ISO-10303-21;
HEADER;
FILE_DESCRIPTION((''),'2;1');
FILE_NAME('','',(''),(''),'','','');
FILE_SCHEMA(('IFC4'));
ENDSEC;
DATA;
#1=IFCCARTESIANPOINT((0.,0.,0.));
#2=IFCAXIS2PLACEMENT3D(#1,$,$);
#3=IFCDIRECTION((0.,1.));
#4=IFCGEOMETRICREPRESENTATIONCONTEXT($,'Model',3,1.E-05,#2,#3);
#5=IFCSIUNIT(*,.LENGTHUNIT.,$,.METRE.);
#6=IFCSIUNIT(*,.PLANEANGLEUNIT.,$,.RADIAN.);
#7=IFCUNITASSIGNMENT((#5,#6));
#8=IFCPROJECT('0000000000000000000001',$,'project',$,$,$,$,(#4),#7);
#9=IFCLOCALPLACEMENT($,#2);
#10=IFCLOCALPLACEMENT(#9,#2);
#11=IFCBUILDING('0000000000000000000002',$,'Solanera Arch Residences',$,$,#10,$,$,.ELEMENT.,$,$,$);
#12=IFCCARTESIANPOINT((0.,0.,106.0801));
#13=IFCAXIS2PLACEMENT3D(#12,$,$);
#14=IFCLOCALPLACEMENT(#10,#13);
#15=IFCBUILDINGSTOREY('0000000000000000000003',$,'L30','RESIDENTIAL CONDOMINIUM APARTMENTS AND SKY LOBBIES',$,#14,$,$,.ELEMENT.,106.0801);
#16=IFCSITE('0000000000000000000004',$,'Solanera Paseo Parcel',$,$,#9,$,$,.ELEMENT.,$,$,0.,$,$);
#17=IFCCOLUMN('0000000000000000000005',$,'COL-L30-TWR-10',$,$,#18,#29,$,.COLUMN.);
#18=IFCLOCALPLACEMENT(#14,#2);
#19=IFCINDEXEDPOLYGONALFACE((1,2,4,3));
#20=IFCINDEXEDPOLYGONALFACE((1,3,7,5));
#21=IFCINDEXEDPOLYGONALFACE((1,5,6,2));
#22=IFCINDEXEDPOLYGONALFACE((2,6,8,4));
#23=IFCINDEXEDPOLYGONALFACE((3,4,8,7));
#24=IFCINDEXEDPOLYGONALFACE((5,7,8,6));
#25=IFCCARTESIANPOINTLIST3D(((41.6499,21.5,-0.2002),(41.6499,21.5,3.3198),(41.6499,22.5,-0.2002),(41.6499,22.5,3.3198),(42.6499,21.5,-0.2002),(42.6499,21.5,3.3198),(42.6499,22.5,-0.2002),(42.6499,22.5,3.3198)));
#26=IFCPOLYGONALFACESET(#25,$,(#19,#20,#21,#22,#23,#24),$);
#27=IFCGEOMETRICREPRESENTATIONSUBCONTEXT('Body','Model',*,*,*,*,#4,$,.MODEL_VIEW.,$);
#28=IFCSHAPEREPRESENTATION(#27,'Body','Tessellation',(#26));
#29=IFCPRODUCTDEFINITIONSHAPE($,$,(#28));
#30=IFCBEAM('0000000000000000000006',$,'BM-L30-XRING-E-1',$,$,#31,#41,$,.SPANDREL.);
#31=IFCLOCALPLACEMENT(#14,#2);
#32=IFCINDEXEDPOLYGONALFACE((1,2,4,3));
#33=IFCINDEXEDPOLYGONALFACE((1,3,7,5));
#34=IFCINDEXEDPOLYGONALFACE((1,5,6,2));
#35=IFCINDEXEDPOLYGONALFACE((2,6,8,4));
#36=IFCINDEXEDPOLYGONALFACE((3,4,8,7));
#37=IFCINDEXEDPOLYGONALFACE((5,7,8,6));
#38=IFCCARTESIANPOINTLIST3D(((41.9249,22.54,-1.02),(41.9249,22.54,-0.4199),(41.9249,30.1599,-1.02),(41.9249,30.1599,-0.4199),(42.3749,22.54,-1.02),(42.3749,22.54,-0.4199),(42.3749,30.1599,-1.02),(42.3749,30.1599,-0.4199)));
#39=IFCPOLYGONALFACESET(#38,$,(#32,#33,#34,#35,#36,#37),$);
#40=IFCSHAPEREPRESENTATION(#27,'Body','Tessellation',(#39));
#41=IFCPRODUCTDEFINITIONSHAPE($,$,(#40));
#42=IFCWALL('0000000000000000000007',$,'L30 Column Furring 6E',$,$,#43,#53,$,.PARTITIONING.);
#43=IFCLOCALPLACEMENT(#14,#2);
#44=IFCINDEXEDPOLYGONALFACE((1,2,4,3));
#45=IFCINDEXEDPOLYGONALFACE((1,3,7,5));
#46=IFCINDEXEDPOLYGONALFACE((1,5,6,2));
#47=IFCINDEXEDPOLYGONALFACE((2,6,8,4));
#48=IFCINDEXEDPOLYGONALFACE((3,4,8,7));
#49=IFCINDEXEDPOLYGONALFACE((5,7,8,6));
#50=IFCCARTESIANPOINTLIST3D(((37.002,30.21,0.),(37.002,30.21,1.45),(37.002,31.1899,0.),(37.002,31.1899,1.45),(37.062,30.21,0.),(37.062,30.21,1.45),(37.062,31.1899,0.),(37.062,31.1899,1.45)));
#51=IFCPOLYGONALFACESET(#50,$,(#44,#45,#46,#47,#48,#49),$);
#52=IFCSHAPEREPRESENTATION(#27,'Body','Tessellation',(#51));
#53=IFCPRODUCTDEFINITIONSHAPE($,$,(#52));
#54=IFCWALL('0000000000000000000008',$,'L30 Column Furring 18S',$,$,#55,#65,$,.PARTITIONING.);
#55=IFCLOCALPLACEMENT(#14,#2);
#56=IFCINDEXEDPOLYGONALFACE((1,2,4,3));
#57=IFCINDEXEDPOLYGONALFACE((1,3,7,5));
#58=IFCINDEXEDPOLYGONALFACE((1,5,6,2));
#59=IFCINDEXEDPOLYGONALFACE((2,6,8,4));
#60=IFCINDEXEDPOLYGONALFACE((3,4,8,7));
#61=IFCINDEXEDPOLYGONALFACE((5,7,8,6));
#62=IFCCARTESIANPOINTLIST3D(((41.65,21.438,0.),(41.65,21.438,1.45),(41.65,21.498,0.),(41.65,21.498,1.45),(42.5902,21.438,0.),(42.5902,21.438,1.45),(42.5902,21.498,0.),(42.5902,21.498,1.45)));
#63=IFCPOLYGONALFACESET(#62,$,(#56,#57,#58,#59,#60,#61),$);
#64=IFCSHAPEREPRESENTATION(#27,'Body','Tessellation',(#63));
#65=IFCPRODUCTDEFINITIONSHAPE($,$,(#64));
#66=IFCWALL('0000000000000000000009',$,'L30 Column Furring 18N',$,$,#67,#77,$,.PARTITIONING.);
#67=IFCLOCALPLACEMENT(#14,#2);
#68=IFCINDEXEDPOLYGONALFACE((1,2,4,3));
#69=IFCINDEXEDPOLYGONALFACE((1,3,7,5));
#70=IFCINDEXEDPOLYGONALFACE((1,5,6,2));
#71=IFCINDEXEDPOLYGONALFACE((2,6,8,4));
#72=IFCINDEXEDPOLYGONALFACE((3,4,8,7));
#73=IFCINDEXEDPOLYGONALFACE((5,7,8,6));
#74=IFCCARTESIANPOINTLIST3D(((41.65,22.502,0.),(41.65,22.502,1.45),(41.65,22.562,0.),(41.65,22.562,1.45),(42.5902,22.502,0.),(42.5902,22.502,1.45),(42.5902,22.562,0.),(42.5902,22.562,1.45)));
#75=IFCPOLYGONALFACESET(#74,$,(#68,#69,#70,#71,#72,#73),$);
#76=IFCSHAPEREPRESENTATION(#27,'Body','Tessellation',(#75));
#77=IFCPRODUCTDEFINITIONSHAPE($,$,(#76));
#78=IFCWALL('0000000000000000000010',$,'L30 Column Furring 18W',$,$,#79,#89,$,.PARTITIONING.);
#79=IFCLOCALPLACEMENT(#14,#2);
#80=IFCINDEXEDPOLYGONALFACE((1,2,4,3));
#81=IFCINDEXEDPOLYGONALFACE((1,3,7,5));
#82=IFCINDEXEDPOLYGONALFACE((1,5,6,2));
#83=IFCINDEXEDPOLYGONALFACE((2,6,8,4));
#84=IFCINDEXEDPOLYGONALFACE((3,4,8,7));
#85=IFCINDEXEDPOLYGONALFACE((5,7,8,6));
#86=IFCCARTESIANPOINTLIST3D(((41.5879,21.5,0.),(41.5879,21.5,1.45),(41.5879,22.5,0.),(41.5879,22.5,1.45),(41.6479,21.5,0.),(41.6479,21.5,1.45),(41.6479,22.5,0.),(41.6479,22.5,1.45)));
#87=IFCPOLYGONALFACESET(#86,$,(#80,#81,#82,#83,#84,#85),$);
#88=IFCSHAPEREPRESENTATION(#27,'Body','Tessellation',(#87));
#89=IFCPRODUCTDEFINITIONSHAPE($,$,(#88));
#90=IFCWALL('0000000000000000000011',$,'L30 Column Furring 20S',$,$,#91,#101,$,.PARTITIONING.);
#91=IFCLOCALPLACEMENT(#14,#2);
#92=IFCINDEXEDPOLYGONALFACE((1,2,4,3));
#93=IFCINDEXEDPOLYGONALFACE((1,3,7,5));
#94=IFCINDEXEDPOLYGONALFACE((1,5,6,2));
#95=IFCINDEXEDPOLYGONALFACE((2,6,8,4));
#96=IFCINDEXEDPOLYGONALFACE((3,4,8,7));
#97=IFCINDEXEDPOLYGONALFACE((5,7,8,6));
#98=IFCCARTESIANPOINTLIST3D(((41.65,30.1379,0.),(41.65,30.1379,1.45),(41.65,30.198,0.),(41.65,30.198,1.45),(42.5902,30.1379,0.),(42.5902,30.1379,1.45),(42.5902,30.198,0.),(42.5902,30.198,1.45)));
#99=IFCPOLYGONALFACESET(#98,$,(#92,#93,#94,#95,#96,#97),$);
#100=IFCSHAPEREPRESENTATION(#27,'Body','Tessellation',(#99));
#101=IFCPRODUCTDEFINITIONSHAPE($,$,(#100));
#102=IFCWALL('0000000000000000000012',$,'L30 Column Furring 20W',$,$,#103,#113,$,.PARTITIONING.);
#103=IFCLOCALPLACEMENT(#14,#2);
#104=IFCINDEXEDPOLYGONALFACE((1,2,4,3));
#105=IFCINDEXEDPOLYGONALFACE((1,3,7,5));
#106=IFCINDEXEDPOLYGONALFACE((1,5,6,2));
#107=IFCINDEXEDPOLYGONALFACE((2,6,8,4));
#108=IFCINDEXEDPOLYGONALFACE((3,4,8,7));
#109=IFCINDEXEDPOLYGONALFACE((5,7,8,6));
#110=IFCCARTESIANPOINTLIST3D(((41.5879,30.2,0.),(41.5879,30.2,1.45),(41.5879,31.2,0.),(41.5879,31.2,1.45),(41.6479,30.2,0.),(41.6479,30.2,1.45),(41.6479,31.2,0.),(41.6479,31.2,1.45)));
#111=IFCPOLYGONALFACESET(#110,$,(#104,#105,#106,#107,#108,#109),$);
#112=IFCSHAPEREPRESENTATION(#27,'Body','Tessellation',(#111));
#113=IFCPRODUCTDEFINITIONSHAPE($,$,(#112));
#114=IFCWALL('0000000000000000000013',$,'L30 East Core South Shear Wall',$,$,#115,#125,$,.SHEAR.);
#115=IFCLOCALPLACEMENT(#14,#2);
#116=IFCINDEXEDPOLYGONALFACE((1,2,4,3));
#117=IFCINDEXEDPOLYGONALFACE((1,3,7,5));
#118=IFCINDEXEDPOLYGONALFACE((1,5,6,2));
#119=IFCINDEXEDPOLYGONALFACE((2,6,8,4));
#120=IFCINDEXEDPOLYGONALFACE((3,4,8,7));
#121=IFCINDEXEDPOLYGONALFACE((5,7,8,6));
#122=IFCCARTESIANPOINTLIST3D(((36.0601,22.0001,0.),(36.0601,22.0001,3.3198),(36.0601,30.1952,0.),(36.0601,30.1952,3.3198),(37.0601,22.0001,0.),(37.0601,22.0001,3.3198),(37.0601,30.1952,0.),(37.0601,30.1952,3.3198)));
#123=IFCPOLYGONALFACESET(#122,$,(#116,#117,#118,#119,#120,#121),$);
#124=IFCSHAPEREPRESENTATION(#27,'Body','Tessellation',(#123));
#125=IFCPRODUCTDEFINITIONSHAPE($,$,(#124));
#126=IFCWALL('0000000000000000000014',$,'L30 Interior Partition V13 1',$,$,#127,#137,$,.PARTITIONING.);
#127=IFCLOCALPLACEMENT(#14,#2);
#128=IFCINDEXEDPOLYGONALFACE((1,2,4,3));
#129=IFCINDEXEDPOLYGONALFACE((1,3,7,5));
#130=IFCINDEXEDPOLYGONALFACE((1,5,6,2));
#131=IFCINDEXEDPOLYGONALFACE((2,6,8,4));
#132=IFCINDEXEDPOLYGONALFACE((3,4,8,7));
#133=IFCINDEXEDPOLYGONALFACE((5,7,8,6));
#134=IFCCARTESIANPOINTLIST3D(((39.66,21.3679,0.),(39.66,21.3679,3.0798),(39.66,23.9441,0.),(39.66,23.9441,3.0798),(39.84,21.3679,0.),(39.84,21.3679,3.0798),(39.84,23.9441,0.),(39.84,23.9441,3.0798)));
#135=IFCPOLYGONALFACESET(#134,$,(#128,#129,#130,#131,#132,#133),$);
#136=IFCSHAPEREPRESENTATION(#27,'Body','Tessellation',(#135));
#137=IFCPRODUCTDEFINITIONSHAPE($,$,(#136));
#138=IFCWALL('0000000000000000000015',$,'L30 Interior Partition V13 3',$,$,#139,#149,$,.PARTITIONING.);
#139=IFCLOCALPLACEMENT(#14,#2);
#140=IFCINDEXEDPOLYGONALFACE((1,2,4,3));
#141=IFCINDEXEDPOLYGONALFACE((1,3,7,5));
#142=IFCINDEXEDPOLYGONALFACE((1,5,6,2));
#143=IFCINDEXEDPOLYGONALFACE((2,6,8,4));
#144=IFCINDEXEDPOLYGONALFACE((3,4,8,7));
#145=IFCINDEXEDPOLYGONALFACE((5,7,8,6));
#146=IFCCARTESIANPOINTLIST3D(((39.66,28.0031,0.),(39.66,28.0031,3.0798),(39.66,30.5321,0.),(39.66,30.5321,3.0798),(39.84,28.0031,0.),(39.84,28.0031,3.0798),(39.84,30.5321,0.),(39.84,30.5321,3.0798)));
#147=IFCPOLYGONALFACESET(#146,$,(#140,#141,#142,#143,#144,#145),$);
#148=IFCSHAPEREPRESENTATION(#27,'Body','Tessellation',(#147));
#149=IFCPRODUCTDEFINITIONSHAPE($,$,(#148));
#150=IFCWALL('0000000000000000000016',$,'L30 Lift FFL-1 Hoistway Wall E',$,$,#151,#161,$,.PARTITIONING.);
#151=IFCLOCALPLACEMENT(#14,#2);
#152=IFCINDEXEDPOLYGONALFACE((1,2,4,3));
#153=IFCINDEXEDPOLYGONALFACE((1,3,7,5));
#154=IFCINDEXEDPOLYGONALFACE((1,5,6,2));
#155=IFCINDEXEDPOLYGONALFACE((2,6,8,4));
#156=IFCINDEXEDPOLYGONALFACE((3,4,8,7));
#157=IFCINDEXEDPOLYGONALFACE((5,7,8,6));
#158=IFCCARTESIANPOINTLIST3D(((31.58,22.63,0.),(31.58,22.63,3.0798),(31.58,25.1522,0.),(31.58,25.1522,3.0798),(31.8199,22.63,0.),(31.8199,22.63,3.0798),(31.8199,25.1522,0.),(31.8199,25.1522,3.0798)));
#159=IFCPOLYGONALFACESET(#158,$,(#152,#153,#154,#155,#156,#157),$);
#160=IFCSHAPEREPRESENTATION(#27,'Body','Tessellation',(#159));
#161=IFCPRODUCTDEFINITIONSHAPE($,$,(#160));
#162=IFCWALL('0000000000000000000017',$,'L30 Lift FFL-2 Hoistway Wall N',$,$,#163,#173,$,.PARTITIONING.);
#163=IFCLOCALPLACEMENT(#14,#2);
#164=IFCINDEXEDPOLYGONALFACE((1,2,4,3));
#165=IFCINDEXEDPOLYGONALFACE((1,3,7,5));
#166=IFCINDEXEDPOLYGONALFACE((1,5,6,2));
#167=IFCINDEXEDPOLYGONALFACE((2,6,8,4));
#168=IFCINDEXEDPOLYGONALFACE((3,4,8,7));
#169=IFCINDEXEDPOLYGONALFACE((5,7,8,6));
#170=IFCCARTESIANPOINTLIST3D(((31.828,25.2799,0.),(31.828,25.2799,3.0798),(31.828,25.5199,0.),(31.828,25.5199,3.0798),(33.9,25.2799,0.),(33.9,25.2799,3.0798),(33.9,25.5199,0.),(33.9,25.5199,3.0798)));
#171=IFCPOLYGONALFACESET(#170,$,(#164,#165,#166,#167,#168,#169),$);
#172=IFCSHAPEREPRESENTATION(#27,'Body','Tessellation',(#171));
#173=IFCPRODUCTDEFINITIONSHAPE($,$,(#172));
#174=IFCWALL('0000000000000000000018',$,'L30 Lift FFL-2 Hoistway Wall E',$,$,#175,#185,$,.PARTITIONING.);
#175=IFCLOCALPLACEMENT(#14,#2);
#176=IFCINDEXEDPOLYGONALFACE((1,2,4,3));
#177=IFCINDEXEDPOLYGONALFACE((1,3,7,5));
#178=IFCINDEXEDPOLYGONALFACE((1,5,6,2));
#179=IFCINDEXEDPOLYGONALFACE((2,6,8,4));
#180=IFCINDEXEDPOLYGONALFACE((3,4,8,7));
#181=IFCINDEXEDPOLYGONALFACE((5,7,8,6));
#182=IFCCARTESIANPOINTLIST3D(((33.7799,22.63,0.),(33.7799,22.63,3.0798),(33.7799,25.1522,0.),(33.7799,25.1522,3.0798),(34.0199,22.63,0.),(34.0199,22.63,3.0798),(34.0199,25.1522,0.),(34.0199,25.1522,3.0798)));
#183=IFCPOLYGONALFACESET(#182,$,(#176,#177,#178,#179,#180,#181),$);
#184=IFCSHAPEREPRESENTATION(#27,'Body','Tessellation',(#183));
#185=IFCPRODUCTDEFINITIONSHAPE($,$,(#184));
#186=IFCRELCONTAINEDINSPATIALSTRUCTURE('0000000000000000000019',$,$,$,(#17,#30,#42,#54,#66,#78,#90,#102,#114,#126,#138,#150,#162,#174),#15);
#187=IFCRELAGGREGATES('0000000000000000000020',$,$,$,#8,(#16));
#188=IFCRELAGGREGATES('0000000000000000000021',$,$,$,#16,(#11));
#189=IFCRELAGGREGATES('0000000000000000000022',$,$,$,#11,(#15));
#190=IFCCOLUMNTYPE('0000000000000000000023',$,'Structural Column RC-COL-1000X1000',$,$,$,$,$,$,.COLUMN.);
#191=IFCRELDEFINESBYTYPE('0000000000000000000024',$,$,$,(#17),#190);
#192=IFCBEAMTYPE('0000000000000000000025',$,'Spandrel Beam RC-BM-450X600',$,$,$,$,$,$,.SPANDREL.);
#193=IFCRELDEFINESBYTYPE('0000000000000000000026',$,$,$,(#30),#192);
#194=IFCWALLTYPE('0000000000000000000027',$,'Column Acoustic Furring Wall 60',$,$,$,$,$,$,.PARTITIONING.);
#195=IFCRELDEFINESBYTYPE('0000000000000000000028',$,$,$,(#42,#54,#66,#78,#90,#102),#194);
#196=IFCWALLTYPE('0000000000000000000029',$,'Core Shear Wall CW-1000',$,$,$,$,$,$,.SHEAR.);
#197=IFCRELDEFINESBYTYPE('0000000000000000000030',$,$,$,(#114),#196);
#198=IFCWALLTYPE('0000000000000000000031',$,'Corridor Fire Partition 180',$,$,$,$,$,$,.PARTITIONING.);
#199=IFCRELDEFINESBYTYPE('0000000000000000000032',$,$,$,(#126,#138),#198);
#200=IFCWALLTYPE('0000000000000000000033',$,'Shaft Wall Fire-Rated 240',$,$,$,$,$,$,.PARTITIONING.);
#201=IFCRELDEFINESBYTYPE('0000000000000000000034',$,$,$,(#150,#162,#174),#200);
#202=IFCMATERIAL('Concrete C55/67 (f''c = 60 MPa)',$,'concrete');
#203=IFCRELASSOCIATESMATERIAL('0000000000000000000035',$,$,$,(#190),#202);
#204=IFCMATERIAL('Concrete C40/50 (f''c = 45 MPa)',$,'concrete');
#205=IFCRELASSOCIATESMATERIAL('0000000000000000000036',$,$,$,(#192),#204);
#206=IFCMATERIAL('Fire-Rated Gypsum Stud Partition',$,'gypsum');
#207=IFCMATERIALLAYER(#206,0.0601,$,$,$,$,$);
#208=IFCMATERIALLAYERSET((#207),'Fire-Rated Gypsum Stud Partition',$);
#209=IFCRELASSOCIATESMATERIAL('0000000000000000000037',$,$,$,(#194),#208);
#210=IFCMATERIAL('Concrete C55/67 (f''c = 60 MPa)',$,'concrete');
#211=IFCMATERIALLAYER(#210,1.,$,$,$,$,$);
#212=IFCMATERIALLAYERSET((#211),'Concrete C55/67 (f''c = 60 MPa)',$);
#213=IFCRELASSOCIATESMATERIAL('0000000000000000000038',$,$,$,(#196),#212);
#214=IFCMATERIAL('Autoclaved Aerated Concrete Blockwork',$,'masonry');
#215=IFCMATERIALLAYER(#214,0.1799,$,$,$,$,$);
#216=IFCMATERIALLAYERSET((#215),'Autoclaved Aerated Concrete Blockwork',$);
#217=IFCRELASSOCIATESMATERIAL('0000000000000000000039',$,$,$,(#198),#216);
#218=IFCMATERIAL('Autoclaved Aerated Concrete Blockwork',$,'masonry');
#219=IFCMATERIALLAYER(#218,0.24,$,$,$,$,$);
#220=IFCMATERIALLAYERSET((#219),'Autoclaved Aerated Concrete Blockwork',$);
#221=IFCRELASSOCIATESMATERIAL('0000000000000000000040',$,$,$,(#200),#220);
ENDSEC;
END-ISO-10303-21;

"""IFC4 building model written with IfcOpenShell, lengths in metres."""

from ifc_helpers import new_model, si_unit, direction, frame, frame_2d, origin, origin_2d, place, context, subcontext, project, spatial, rectangle, extrude, material, layer, layer_set, material_profile, profile_set, type_object, element, save


model = new_model("IFC4")

# Units and contexts
model_context = context("Model", 3, precision=1e-05, world=origin(), true_north=direction((0.0, 1.0)))
body_context = subcontext(model_context, "Body", "Model", "MODEL_VIEW")
ifc_project = project(units=[si_unit("LENGTHUNIT", "METRE"), si_unit("PLANEANGLEUNIT", "RADIAN")], contexts=[model_context])

# Site, building, storey
site_placement = place(None, origin())
site = spatial("IfcSite", under=ifc_project, at=site_placement, Name="Solanera Paseo Parcel", CompositionType="ELEMENT", RefElevation=0.0)
building_placement = place(site_placement, origin())
building = spatial("IfcBuilding", under=site, at=building_placement, Name="Solanera Arch Residences", CompositionType="ELEMENT")
storey_placement = place(building_placement, frame((0.0, 0.0, 106.0801)))
storey = spatial("IfcBuildingStorey", under=building, at=storey_placement, Name="L30", Description="RESIDENTIAL CONDOMINIUM APARTMENTS AND SKY LOBBIES", CompositionType="ELEMENT", Elevation=106.0801)

# Column
ifc_material_1 = material(Name="Concrete C55/67 (f'c = 60 MPa)", Category="concrete")
ifc_material_profile_1 = material_profile(ifc_material_1, rectangle(XDim=1.0, YDim=1.0, at=origin_2d()))
ifc_profile_set_1 = profile_set([ifc_material_profile_1], Name="Concrete C55/67 (f'c = 60 MPa)")
column_type = type_object("IfcColumnType", Name="Structural Column RC-COL-1000X1000", PredefinedType="COLUMN", material=ifc_profile_set_1)
column_placement = place(storey_placement, frame((42.1499, 22.0, -0.2002), z_axis=(0.0, 0.0, 1.0), x_axis=(1.0, 0.0, 0.0)))
element("IfcColumn", 1, at=column_placement, inside=storey, type_object=column_type, Name="COL-L30-TWR-10", PredefinedType="COLUMN", context=body_context, shape_type="SweptSolid", body=[
    extrude(rectangle(XDim=1.0, YDim=1.0, at=origin_2d()), origin(), (0.0, 0.0, 1.0), 3.52),
])

# Beam
ifc_material_2 = material(Name="Concrete C40/50 (f'c = 45 MPa)", Category="concrete")
ifc_material_profile_2 = material_profile(ifc_material_2, rectangle(XDim=0.45, YDim=0.6001, at=origin_2d()))
ifc_profile_set_2 = profile_set([ifc_material_profile_2], Name="Concrete C40/50 (f'c = 45 MPa)")
beam_type = type_object("IfcBeamType", Name="Spandrel Beam RC-BM-450X600", PredefinedType="SPANDREL", material=ifc_profile_set_2)
beam_placement = place(storey_placement, frame((42.1499, 22.54, -0.72), z_axis=(0.0, 1.0, 0.0), x_axis=(-1.0, 0.0, 0.0)))
element("IfcBeam", 2, at=beam_placement, inside=storey, type_object=beam_type, Name="BM-L30-XRING-E-1", PredefinedType="SPANDREL", context=body_context, shape_type="SweptSolid", body=[
    extrude(rectangle(XDim=0.45, YDim=0.6001, at=origin_2d()), origin(), (0.0, 0.0, 1.0), 7.6199),
])

# Walls
ifc_material_3 = material(Name="Fire-Rated Gypsum Stud Partition", Category="gypsum")
ifc_layer_1 = layer(ifc_material_3, 0.0601)
ifc_layer_set_1 = layer_set([ifc_layer_1], Name="Fire-Rated Gypsum Stud Partition")
wall_type_1 = type_object("IfcWallType", Name="Column Acoustic Furring Wall 60", PredefinedType="PARTITIONING", material=ifc_layer_set_1)
wall_1_placement = place(storey_placement, frame((37.032, 30.21, 0.0), z_axis=(0.0, 0.0, 1.0), x_axis=(0.0, 1.0, 0.0)))
element("IfcWall", 3, at=wall_1_placement, inside=storey, type_object=wall_type_1, Name="L30 Column Furring 6E", PredefinedType="PARTITIONING", context=body_context, shape_type="SweptSolid", body=[
    extrude(rectangle(XDim=0.98, YDim=0.0601, at=frame_2d((0.49, 0.0))), origin(), (0.0, 0.0, 1.0), 1.45),
])
for number, where, z_axis, x_axis, name in (
    (4, (41.6499, 21.468, 0.0), (0.0, 0.0, 1.0), (1.0, 0.0, 0.0), "L30 Column Furring 18S"),
    (5, (41.6499, 22.532, 0.0), (0.0, 0.0, 1.0), (1.0, 0.0, 0.0), "L30 Column Furring 18N"),
):
    element("IfcWall", number, at=place(storey_placement, frame(where, z_axis=z_axis, x_axis=x_axis)), inside=storey, type_object=wall_type_1, Name=name, PredefinedType="PARTITIONING", context=body_context, shape_type="SweptSolid", body=[
        extrude(rectangle(XDim=0.9402, YDim=0.0601, at=frame_2d((0.4702, 0.0))), origin(), (0.0, 0.0, 1.0), 1.45),
    ])
wall_2_placement = place(storey_placement, frame((41.6179, 21.5, 0.0), z_axis=(0.0, 0.0, 1.0), x_axis=(0.0, 1.0, 0.0)))
element("IfcWall", 6, at=wall_2_placement, inside=storey, type_object=wall_type_1, Name="L30 Column Furring 18W", PredefinedType="PARTITIONING", context=body_context, shape_type="SweptSolid", body=[
    extrude(rectangle(XDim=1.0, YDim=0.0601, at=frame_2d((0.5, 0.0))), origin(), (0.0, 0.0, 1.0), 1.45),
])
wall_3_placement = place(storey_placement, frame((41.6499, 30.168, 0.0), z_axis=(0.0, 0.0, 1.0), x_axis=(1.0, 0.0, 0.0)))
element("IfcWall", 7, at=wall_3_placement, inside=storey, type_object=wall_type_1, Name="L30 Column Furring 20S", PredefinedType="PARTITIONING", context=body_context, shape_type="SweptSolid", body=[
    extrude(rectangle(XDim=0.9402, YDim=0.0601, at=frame_2d((0.4702, 0.0))), origin(), (0.0, 0.0, 1.0), 1.45),
])
wall_4_placement = place(storey_placement, frame((41.6179, 30.2, 0.0), z_axis=(0.0, 0.0, 1.0), x_axis=(0.0, 1.0, 0.0)))
element("IfcWall", 8, at=wall_4_placement, inside=storey, type_object=wall_type_1, Name="L30 Column Furring 20W", PredefinedType="PARTITIONING", context=body_context, shape_type="SweptSolid", body=[
    extrude(rectangle(XDim=1.0, YDim=0.0601, at=frame_2d((0.5, 0.0))), origin(), (0.0, 0.0, 1.0), 1.45),
])
ifc_material_4 = material(Name="Concrete C55/67 (f'c = 60 MPa)", Category="concrete")
ifc_layer_2 = layer(ifc_material_4, 1.0)
ifc_layer_set_2 = layer_set([ifc_layer_2], Name="Concrete C55/67 (f'c = 60 MPa)")
wall_type_2 = type_object("IfcWallType", Name="Core Shear Wall CW-1000", PredefinedType="SHEAR", material=ifc_layer_set_2)
wall_5_placement = place(storey_placement, frame((36.5601, 22.0, 0.0), z_axis=(0.0, 0.0, 1.0), x_axis=(0.0, 1.0, 0.0)))
element("IfcWall", 9, at=wall_5_placement, inside=storey, type_object=wall_type_2, Name="L30 East Core South Shear Wall", PredefinedType="SHEAR", context=body_context, shape_type="SweptSolid", body=[
    extrude(rectangle(XDim=8.1951, YDim=1.0, at=frame_2d((4.0977, 0.0))), origin(), (0.0, 0.0, 1.0), 3.3198),
])
ifc_material_5 = material(Name="Autoclaved Aerated Concrete Blockwork", Category="masonry")
ifc_layer_3 = layer(ifc_material_5, 0.1799)
ifc_layer_set_3 = layer_set([ifc_layer_3], Name="Autoclaved Aerated Concrete Blockwork")
wall_type_3 = type_object("IfcWallType", Name="Corridor Fire Partition 180", PredefinedType="PARTITIONING", material=ifc_layer_set_3)
wall_6_placement = place(storey_placement, frame((39.75, 21.3679, 0.0), z_axis=(0.0, 0.0, 1.0), x_axis=(0.0, 1.0, 0.0)))
element("IfcWall", 10, at=wall_6_placement, inside=storey, type_object=wall_type_3, Name="L30 Interior Partition V13 1", PredefinedType="PARTITIONING", context=body_context, shape_type="SweptSolid", body=[
    extrude(rectangle(XDim=2.5762, YDim=0.1799, at=frame_2d((1.2881, 0.0))), origin(), (0.0, 0.0, 1.0), 3.0798),
])

# Walls
wall_7_placement = place(storey_placement, frame((39.75, 28.0029, 0.0), z_axis=(0.0, 0.0, 1.0), x_axis=(0.0, 1.0, 0.0)))
element("IfcWall", 11, at=wall_7_placement, inside=storey, type_object=wall_type_3, Name="L30 Interior Partition V13 3", PredefinedType="PARTITIONING", context=body_context, shape_type="SweptSolid", body=[
    extrude(rectangle(XDim=2.5291, YDim=0.1799, at=frame_2d((1.2646, 0.0))), origin(), (0.0, 0.0, 1.0), 3.0798),
])
ifc_material_6 = material(Name="Autoclaved Aerated Concrete Blockwork", Category="masonry")
ifc_layer_4 = layer(ifc_material_6, 0.24)
ifc_layer_set_4 = layer_set([ifc_layer_4], Name="Autoclaved Aerated Concrete Blockwork")
wall_type_4 = type_object("IfcWallType", Name="Shaft Wall Fire-Rated 240", PredefinedType="PARTITIONING", material=ifc_layer_set_4)
wall_8_placement = place(storey_placement, frame((31.7, 22.6299, 0.0), z_axis=(0.0, 0.0, 1.0), x_axis=(0.0, 1.0, 0.0)))
element("IfcWall", 12, at=wall_8_placement, inside=storey, type_object=wall_type_4, Name="L30 Lift FFL-1 Hoistway Wall E", PredefinedType="PARTITIONING", context=body_context, shape_type="SweptSolid", body=[
    extrude(rectangle(XDim=2.5222, YDim=0.24, at=frame_2d((1.2612, 0.0))), origin(), (0.0, 0.0, 1.0), 3.0798),
])
wall_9_placement = place(storey_placement, frame((31.8279, 25.3999, 0.0), z_axis=(0.0, 0.0, 1.0), x_axis=(1.0, 0.0, 0.0)))
element("IfcWall", 13, at=wall_9_placement, inside=storey, type_object=wall_type_4, Name="L30 Lift FFL-2 Hoistway Wall N", PredefinedType="PARTITIONING", context=body_context, shape_type="SweptSolid", body=[
    extrude(rectangle(XDim=2.072, YDim=0.24, at=frame_2d((1.0361, 0.0))), origin(), (0.0, 0.0, 1.0), 3.0798),
])
wall_10_placement = place(storey_placement, frame((33.8999, 22.6299, 0.0), z_axis=(0.0, 0.0, 1.0), x_axis=(0.0, 1.0, 0.0)))
element("IfcWall", 14, at=wall_10_placement, inside=storey, type_object=wall_type_4, Name="L30 Lift FFL-2 Hoistway Wall E", PredefinedType="PARTITIONING", context=body_context, shape_type="SweptSolid", body=[
    extrude(rectangle(XDim=2.5222, YDim=0.24, at=frame_2d((1.2612, 0.0))), origin(), (0.0, 0.0, 1.0), 3.0798),
])

save(model, "model.ifc")
